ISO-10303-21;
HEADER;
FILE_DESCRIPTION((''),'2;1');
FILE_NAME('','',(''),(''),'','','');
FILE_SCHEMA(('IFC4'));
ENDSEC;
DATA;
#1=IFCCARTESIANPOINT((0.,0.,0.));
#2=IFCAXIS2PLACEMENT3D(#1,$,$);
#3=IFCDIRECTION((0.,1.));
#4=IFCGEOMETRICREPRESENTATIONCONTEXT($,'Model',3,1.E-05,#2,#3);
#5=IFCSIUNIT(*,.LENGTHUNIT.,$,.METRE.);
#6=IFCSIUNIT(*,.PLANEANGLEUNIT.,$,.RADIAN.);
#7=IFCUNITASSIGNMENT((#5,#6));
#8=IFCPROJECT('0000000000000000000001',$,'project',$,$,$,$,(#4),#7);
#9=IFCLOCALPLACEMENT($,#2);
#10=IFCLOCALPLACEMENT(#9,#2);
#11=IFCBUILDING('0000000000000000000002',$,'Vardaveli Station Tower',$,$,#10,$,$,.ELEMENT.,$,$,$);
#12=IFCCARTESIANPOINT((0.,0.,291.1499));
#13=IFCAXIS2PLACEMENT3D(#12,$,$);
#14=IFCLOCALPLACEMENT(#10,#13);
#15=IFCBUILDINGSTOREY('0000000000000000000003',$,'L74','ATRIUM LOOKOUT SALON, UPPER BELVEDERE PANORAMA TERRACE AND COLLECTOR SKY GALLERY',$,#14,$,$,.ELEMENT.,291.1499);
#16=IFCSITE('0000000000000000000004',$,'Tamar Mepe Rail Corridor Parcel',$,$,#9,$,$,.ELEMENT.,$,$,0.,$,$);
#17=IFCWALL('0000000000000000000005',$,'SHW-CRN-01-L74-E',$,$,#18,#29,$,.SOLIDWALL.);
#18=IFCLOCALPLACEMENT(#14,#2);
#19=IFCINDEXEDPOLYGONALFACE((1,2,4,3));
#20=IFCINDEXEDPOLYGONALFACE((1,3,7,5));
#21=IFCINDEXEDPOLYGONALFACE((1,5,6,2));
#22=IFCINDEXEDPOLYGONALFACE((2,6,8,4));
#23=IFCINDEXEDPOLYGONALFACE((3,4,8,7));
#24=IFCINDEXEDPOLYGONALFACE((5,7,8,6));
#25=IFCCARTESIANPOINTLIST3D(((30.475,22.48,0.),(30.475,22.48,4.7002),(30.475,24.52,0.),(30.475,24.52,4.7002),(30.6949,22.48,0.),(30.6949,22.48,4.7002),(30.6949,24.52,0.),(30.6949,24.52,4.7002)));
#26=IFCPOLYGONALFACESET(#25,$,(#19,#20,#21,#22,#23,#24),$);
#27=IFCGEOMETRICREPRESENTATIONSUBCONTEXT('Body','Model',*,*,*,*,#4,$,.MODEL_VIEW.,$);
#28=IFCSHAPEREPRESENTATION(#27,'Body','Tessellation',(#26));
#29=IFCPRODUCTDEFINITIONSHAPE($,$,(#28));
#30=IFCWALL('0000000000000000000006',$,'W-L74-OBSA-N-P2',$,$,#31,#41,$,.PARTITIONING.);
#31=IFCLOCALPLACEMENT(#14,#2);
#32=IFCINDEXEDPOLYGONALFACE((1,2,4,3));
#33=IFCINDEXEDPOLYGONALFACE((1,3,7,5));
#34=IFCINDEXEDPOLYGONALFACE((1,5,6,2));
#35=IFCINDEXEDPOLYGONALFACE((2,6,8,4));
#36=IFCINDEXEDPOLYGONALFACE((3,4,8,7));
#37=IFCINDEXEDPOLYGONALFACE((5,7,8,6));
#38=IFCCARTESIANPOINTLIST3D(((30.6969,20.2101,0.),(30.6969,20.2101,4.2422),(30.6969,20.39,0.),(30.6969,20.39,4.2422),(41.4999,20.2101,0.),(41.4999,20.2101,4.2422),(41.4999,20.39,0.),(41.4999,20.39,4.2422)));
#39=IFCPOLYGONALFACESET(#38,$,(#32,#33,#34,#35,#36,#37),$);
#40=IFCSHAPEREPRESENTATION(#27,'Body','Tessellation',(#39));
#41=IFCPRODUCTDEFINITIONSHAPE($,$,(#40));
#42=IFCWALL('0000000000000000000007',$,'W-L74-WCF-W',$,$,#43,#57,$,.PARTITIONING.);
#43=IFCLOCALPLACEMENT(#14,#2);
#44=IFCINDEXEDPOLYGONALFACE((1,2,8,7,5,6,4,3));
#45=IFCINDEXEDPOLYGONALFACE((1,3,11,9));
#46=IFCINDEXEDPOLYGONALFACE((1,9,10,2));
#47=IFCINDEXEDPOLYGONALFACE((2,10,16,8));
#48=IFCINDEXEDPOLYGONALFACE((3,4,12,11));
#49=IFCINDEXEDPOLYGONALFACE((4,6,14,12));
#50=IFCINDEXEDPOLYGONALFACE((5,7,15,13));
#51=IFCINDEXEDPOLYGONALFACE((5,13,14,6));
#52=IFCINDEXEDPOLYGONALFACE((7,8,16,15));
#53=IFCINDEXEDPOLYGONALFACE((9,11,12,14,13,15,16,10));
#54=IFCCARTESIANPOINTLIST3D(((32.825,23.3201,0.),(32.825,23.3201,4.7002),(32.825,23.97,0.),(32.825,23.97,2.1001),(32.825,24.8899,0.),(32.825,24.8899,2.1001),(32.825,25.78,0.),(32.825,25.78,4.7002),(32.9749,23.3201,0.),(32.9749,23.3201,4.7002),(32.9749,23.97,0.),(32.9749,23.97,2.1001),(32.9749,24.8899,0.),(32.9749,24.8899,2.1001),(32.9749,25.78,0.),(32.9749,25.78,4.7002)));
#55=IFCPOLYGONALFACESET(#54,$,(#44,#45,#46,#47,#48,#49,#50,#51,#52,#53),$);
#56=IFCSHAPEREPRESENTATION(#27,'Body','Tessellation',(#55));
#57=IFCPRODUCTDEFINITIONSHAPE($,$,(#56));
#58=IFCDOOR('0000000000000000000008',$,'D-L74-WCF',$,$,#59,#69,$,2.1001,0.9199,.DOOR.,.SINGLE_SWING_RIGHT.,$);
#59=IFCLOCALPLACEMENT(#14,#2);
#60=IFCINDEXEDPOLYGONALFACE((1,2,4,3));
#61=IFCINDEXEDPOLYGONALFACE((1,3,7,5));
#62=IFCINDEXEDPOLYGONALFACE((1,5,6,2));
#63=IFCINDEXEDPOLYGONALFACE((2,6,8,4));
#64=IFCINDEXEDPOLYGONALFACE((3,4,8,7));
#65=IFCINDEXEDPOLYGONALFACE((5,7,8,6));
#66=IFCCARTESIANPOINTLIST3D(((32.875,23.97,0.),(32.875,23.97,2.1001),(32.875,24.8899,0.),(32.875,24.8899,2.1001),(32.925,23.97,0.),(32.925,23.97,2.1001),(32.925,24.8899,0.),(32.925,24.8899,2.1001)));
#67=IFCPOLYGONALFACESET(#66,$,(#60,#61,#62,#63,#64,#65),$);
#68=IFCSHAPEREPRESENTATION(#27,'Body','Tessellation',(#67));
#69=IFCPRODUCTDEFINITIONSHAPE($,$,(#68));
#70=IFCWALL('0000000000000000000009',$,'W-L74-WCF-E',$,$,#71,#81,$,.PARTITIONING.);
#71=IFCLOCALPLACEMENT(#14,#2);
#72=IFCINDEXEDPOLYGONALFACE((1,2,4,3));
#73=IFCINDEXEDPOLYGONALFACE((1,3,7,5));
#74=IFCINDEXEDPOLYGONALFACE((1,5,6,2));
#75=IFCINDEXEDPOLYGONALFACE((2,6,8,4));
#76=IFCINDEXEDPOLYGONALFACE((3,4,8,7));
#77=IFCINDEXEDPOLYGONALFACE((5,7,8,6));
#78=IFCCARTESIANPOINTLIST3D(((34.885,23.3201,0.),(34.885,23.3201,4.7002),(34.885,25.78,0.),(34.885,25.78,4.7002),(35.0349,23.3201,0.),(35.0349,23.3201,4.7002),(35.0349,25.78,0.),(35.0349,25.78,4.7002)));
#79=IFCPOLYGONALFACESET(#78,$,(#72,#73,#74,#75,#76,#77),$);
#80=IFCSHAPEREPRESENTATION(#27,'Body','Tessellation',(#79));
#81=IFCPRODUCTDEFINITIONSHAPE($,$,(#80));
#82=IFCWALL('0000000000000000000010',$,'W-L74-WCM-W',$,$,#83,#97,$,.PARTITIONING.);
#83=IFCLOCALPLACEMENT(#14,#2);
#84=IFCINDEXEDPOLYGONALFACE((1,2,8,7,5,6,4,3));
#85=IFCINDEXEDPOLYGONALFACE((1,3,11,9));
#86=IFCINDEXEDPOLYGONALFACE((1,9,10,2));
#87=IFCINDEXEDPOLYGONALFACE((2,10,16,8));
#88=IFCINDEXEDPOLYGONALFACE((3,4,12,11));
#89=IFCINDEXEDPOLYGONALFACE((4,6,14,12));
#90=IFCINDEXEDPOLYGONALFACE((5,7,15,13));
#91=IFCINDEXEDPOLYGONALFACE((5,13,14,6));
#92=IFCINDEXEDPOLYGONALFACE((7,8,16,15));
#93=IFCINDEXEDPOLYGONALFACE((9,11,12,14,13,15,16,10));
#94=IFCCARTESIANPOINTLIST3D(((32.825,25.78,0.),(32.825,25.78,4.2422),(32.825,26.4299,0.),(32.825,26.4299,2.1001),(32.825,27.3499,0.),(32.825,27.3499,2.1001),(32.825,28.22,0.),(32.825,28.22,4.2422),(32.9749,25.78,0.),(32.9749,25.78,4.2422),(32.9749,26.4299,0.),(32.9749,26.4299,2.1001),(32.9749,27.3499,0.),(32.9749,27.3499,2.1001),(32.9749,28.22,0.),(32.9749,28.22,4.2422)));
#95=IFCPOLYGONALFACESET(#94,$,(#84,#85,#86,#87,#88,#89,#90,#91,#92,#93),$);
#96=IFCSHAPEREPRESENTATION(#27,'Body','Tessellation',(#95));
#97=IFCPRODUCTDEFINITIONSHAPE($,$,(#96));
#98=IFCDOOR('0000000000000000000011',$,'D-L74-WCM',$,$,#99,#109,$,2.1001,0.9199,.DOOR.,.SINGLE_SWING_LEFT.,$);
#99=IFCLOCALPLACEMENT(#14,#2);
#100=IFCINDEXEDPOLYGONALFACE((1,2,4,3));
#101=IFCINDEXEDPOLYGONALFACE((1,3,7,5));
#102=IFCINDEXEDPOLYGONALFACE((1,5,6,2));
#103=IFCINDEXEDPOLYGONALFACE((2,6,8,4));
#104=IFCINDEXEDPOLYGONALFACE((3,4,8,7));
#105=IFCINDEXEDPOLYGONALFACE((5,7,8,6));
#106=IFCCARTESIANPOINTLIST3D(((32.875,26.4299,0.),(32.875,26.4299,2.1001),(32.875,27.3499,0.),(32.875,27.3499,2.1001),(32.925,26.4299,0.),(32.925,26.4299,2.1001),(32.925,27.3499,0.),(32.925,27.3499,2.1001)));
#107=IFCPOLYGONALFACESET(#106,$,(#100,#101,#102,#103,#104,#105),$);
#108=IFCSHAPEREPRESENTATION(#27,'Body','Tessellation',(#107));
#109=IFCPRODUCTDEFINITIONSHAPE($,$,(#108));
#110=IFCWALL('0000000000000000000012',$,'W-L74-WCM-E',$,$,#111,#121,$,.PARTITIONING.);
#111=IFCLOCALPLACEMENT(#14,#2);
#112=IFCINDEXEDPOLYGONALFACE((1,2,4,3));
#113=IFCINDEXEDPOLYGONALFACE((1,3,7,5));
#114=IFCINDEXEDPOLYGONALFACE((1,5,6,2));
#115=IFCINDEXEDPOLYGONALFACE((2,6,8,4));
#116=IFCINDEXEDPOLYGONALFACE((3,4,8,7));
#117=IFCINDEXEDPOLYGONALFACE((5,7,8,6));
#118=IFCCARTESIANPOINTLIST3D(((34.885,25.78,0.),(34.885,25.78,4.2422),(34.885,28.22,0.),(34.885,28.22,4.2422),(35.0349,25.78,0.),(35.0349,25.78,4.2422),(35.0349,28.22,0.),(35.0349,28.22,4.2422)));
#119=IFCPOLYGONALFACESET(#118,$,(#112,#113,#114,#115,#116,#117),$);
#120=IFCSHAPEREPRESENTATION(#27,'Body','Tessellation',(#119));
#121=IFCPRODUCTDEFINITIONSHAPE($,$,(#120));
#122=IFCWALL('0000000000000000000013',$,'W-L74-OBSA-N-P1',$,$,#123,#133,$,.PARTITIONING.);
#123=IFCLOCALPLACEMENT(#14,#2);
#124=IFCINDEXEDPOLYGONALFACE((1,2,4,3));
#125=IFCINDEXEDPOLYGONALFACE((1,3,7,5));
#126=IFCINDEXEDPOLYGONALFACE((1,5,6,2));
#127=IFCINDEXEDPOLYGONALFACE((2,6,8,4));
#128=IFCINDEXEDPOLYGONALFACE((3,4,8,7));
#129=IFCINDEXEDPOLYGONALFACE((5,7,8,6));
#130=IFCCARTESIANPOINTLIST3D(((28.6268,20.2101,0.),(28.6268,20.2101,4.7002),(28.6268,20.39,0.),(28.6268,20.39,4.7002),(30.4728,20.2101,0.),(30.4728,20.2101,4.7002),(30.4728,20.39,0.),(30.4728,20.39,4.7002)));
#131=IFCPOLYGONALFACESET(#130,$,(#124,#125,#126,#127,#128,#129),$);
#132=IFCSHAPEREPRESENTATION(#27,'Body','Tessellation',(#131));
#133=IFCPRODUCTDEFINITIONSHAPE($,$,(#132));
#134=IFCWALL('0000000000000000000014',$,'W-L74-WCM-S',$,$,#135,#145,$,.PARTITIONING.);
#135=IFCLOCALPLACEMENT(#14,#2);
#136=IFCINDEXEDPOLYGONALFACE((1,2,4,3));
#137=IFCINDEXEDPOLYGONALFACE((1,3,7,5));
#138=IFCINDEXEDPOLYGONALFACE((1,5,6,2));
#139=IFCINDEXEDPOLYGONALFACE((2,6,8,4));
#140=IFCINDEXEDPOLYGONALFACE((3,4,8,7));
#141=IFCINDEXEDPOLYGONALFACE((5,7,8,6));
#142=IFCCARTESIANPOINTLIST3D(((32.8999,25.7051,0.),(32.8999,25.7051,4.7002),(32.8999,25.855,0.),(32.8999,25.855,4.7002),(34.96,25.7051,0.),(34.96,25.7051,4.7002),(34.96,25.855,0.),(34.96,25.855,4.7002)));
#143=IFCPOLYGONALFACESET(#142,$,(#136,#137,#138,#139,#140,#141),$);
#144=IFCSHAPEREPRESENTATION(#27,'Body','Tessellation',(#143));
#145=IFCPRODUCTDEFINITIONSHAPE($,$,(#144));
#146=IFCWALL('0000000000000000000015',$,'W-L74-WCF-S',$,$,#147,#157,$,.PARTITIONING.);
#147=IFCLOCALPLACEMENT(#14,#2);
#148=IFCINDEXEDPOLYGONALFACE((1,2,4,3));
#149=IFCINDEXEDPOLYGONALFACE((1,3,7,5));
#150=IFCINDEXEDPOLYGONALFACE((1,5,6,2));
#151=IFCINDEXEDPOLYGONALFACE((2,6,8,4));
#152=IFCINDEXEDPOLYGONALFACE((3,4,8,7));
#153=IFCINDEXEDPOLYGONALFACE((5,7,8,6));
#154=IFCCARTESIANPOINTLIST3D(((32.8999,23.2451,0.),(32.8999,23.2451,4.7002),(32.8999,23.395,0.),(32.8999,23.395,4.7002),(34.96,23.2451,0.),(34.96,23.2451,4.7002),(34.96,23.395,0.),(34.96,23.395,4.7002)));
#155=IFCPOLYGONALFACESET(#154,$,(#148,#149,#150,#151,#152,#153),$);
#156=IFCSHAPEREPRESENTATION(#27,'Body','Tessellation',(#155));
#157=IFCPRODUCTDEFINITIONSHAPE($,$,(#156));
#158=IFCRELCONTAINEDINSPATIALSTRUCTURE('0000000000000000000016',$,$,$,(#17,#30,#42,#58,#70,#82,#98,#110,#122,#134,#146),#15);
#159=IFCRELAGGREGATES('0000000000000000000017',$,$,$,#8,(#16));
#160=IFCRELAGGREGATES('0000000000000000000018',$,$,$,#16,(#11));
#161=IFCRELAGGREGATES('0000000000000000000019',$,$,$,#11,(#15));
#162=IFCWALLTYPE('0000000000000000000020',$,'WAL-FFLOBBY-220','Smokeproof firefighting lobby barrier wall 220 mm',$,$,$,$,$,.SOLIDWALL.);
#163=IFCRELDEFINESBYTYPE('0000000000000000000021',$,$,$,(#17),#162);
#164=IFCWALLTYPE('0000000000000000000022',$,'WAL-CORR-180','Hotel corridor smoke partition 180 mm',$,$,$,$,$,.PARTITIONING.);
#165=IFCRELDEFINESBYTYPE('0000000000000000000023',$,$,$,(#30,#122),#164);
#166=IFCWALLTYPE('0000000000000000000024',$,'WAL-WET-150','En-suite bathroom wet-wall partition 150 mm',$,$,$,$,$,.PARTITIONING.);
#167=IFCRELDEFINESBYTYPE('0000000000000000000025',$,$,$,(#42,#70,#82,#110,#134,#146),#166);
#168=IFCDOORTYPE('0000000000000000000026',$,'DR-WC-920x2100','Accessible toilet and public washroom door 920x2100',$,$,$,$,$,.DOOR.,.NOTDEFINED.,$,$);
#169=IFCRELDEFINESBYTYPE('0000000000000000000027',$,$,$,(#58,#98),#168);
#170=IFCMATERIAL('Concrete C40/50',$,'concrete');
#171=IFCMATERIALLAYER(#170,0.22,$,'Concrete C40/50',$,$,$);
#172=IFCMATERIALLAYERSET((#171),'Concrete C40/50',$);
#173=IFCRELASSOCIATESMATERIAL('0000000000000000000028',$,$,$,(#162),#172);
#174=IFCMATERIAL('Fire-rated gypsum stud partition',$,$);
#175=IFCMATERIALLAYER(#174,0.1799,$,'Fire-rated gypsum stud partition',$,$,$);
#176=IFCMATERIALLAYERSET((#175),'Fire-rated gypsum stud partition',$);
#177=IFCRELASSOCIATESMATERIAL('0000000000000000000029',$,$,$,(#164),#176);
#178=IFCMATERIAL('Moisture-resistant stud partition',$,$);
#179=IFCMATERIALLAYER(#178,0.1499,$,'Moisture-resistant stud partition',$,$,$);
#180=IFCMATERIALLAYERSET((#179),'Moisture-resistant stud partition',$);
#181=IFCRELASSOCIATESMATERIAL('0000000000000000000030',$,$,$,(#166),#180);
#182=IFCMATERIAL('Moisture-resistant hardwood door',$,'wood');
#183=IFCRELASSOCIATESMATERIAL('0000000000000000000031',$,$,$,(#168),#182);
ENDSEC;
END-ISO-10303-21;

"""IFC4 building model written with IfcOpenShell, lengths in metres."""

from ifc_helpers import new_model, si_unit, direction, frame, frame_2d, origin, place, context, subcontext, project, spatial, rectangle, extrude, source, transform, mapped, material, layer, layer_set, type_object, element, fill, save


model = new_model("IFC4")

# Units and contexts
model_context = context("Model", 3, precision=1e-05, world=origin(), true_north=direction((0.0, 1.0)))
body_context = subcontext(model_context, "Body", "Model", "MODEL_VIEW")
ifc_project = project(units=[si_unit("LENGTHUNIT", "METRE"), si_unit("PLANEANGLEUNIT", "RADIAN")], contexts=[model_context])

# Site, building, storey
site_placement = place(None, origin())
site = spatial("IfcSite", under=ifc_project, at=site_placement, Name="Tamar Mepe Rail Corridor Parcel", CompositionType="ELEMENT", RefElevation=0.0)
building_placement = place(site_placement, origin())
building = spatial("IfcBuilding", under=site, at=building_placement, Name="Vardaveli Station Tower", CompositionType="ELEMENT")
storey_placement = place(building_placement, frame((0.0, 0.0, 291.1499)))
storey = spatial("IfcBuildingStorey", under=building, at=storey_placement, Name="L74", Description="ATRIUM LOOKOUT SALON, UPPER BELVEDERE PANORAMA TERRACE AND COLLECTOR SKY GALLERY", CompositionType="ELEMENT", Elevation=291.1499)

# Shared definitions
ifc_material_1 = material(Name="Concrete C40/50", Category="concrete")
ifc_layer_1 = layer(ifc_material_1, 0.22, Name="Concrete C40/50")
ifc_layer_set_1 = layer_set([ifc_layer_1], Name="Concrete C40/50")
wall_type_1 = type_object("IfcWallType", Name="WAL-FFLOBBY-220", Description="Smokeproof firefighting lobby barrier wall 220 mm", PredefinedType="SOLIDWALL", material=ifc_layer_set_1)

# Shared definitions
shared_shape_1 = source(origin(), body_context, "Body", "SweptSolid", [
    extrude(rectangle(XDim=2.04, YDim=0.22, at=frame_2d((1.02, 0.0))), origin(), (0.0, 0.0, 1.0), 4.7002),
])

# Walls
wall_1_placement = place(storey_placement, frame((30.585, 22.48, 0.0), z_axis=(0.0, 0.0, 1.0), x_axis=(0.0, 1.0, 0.0)))
element("IfcWall", 1, at=wall_1_placement, inside=storey, type_object=wall_type_1, Name="SHW-CRN-01-L74-E", PredefinedType="SOLIDWALL", context=body_context, shape_type="MappedRepresentation", body=[
    mapped(shared_shape_1, transform((0.0, 0.0, 0.0), scale=1.0)),
])
ifc_material_2 = material(Name="Fire-rated gypsum stud partition")
ifc_layer_2 = layer(ifc_material_2, 0.1799, Name="Fire-rated gypsum stud partition")
ifc_layer_set_2 = layer_set([ifc_layer_2], Name="Fire-rated gypsum stud partition")
wall_type_2 = type_object("IfcWallType", Name="WAL-CORR-180", Description="Hotel corridor smoke partition 180 mm", PredefinedType="PARTITIONING", material=ifc_layer_set_2)
shared_shape_2 = source(origin(), body_context, "Body", "SweptSolid", [
    extrude(rectangle(XDim=10.803, YDim=0.1799, at=frame_2d((5.4014, 0.0))), origin(), (0.0, 0.0, 1.0), 4.2422),
])
wall_2_placement = place(storey_placement, frame((30.697, 20.3, 0.0), z_axis=(0.0, 0.0, 1.0), x_axis=(1.0, 0.0, 0.0)))
element("IfcWall", 2, at=wall_2_placement, inside=storey, type_object=wall_type_2, Name="W-L74-OBSA-N-P2", PredefinedType="PARTITIONING", context=body_context, shape_type="MappedRepresentation", body=[
    mapped(shared_shape_2, transform((0.0, 0.0, 0.0), scale=1.0)),
])

# Wall, opening, door
ifc_material_3 = material(Name="Moisture-resistant stud partition")
ifc_layer_3 = layer(ifc_material_3, 0.1499, Name="Moisture-resistant stud partition")
ifc_layer_set_3 = layer_set([ifc_layer_3], Name="Moisture-resistant stud partition")
wall_type_3 = type_object("IfcWallType", Name="WAL-WET-150", Description="En-suite bathroom wet-wall partition 150 mm", PredefinedType="PARTITIONING", material=ifc_layer_set_3)
shared_shape_3 = source(origin(), body_context, "Body", "SweptSolid", [
    extrude(rectangle(XDim=2.46, YDim=0.1499, at=frame_2d((1.23, 0.0))), origin(), (0.0, 0.0, 1.0), 4.7002),
])
wall_3_placement = place(storey_placement, frame((32.8999, 23.3201, 0.0), z_axis=(0.0, 0.0, 1.0), x_axis=(0.0, 1.0, 0.0)))
wall_3 = element("IfcWall", 3, at=wall_3_placement, inside=storey, type_object=wall_type_3, Name="W-L74-WCF-W", PredefinedType="PARTITIONING", context=body_context, shape_type="MappedRepresentation", body=[
    mapped(shared_shape_3, transform((0.0, 0.0, 0.0), scale=1.0)),
])
shared_shape_4 = source(origin(), body_context, "Body", "SweptSolid", [
    extrude(rectangle(XDim=0.9199, YDim=2.1001, at=frame_2d((0.46, 1.05))), frame((0.0, 0.085, 0.0), z_axis=(0.0, -1.0, 0.0), x_axis=(1.0, 0.0, 0.0)), (0.0, 0.0, 1.0), 0.1699),
])
opening_1_placement = place(wall_3_placement, frame((0.6499, 0.0, 0.0)))
opening_1 = element("IfcOpeningElement", 4, at=opening_1_placement, cuts=wall_3, PredefinedType="OPENING", context=body_context, shape_type="MappedRepresentation", body=[
    mapped(shared_shape_4, transform((0.0, 0.0, 0.0), scale=1.0)),
])
ifc_material_4 = material(Name="Moisture-resistant hardwood door", Category="wood")
door_type_1 = type_object("IfcDoorType", Name="DR-WC-920x2100", Description="Accessible toilet and public washroom door 920x2100", OperationType="NOTDEFINED", PredefinedType="DOOR", material=ifc_material_4)
shared_shape_5 = source(origin(), body_context, "Body", "SweptSolid", [
    extrude(rectangle(XDim=0.9199, YDim=2.1001, at=frame_2d((0.46, 1.05))), frame((0.0, 0.0249, 0.0), z_axis=(0.0, -1.0, 0.0), x_axis=(1.0, 0.0, 0.0)), (0.0, 0.0, 1.0), 0.05),
])
door_1_placement = place(opening_1_placement, origin())
door_1 = element("IfcDoor", 5, at=door_1_placement, inside=storey, type_object=door_type_1, Name="D-L74-WCF", OperationType="SINGLE_SWING_RIGHT", OverallHeight=2.1001, OverallWidth=0.9199, PredefinedType="DOOR", context=body_context, shape_type="MappedRepresentation", body=[
    mapped(shared_shape_5, transform((0.0, 0.0, 0.0), scale=1.0)),
])
fill(opening_1, door_1)

# Wall
wall_4_placement = place(storey_placement, frame((34.96, 23.3201, 0.0), z_axis=(0.0, 0.0, 1.0), x_axis=(0.0, 1.0, 0.0)))
element("IfcWall", 6, at=wall_4_placement, inside=storey, type_object=wall_type_3, Name="W-L74-WCF-E", PredefinedType="PARTITIONING", context=body_context, shape_type="MappedRepresentation", body=[
    mapped(shared_shape_3, transform((0.0, 0.0, 0.0), scale=1.0)),
])

# Wall, opening, door
shared_shape_6 = source(origin(), body_context, "Body", "SweptSolid", [
    extrude(rectangle(XDim=2.4399, YDim=0.1499, at=frame_2d((1.22, 0.0))), origin(), (0.0, 0.0, 1.0), 4.2422),
])
wall_5_placement = place(storey_placement, frame((32.8999, 25.78, 0.0), z_axis=(0.0, 0.0, 1.0), x_axis=(0.0, 1.0, 0.0)))
wall_5 = element("IfcWall", 7, at=wall_5_placement, inside=storey, type_object=wall_type_3, Name="W-L74-WCM-W", PredefinedType="PARTITIONING", context=body_context, shape_type="MappedRepresentation", body=[
    mapped(shared_shape_6, transform((0.0, 0.0, 0.0), scale=1.0)),
])
opening_2_placement = place(wall_5_placement, frame((0.6499, 0.0, 0.0)))
opening_2 = element("IfcOpeningElement", 8, at=opening_2_placement, cuts=wall_5, PredefinedType="OPENING", context=body_context, shape_type="MappedRepresentation", body=[
    mapped(shared_shape_4, transform((0.0, 0.0, 0.0), scale=1.0)),
])
door_2_placement = place(opening_2_placement, origin())
door_2 = element("IfcDoor", 9, at=door_2_placement, inside=storey, type_object=door_type_1, Name="D-L74-WCM", OperationType="SINGLE_SWING_LEFT", OverallHeight=2.1001, OverallWidth=0.9199, PredefinedType="DOOR", context=body_context, shape_type="MappedRepresentation", body=[
    mapped(shared_shape_5, transform((0.0, 0.0, 0.0), scale=1.0)),
])
fill(opening_2, door_2)

# Walls
wall_6_placement = place(storey_placement, frame((34.96, 25.78, 0.0), z_axis=(0.0, 0.0, 1.0), x_axis=(0.0, 1.0, 0.0)))
element("IfcWall", 10, at=wall_6_placement, inside=storey, type_object=wall_type_3, Name="W-L74-WCM-E", PredefinedType="PARTITIONING", context=body_context, shape_type="MappedRepresentation", body=[
    mapped(shared_shape_6, transform((0.0, 0.0, 0.0), scale=1.0)),
])
shared_shape_7 = source(origin(), body_context, "Body", "SweptSolid", [
    extrude(rectangle(XDim=1.8459, YDim=0.1799, at=frame_2d((0.9229, 0.0))), origin(), (0.0, 0.0, 1.0), 4.7002),
])
wall_7_placement = place(storey_placement, frame((28.627, 20.3, 0.0), z_axis=(0.0, 0.0, 1.0), x_axis=(1.0, 0.0, 0.0)))
element("IfcWall", 11, at=wall_7_placement, inside=storey, type_object=wall_type_2, Name="W-L74-OBSA-N-P1", PredefinedType="PARTITIONING", context=body_context, shape_type="MappedRepresentation", body=[
    mapped(shared_shape_7, transform((0.0, 0.0, 0.0), scale=1.0)),
])
shared_shape_8 = source(origin(), body_context, "Body", "SweptSolid", [
    extrude(rectangle(XDim=2.0601, YDim=0.1499, at=frame_2d((1.03, 0.0))), origin(), (0.0, 0.0, 1.0), 4.7002),
])
for number, where, z_axis, x_axis, name in (
    (12, (32.8999, 25.78, 0.0), (0.0, 0.0, 1.0), (1.0, 0.0, 0.0), "W-L74-WCM-S"),
    (13, (32.8999, 23.3201, 0.0), (0.0, 0.0, 1.0), (1.0, 0.0, 0.0), "W-L74-WCF-S"),
):
    element("IfcWall", number, at=place(storey_placement, frame(where, z_axis=z_axis, x_axis=x_axis)), inside=storey, type_object=wall_type_3, Name=name, PredefinedType="PARTITIONING", context=body_context, shape_type="MappedRepresentation", body=[
        mapped(shared_shape_8, transform((0.0, 0.0, 0.0), scale=1.0)),
    ])

save(model, "model.ifc")
